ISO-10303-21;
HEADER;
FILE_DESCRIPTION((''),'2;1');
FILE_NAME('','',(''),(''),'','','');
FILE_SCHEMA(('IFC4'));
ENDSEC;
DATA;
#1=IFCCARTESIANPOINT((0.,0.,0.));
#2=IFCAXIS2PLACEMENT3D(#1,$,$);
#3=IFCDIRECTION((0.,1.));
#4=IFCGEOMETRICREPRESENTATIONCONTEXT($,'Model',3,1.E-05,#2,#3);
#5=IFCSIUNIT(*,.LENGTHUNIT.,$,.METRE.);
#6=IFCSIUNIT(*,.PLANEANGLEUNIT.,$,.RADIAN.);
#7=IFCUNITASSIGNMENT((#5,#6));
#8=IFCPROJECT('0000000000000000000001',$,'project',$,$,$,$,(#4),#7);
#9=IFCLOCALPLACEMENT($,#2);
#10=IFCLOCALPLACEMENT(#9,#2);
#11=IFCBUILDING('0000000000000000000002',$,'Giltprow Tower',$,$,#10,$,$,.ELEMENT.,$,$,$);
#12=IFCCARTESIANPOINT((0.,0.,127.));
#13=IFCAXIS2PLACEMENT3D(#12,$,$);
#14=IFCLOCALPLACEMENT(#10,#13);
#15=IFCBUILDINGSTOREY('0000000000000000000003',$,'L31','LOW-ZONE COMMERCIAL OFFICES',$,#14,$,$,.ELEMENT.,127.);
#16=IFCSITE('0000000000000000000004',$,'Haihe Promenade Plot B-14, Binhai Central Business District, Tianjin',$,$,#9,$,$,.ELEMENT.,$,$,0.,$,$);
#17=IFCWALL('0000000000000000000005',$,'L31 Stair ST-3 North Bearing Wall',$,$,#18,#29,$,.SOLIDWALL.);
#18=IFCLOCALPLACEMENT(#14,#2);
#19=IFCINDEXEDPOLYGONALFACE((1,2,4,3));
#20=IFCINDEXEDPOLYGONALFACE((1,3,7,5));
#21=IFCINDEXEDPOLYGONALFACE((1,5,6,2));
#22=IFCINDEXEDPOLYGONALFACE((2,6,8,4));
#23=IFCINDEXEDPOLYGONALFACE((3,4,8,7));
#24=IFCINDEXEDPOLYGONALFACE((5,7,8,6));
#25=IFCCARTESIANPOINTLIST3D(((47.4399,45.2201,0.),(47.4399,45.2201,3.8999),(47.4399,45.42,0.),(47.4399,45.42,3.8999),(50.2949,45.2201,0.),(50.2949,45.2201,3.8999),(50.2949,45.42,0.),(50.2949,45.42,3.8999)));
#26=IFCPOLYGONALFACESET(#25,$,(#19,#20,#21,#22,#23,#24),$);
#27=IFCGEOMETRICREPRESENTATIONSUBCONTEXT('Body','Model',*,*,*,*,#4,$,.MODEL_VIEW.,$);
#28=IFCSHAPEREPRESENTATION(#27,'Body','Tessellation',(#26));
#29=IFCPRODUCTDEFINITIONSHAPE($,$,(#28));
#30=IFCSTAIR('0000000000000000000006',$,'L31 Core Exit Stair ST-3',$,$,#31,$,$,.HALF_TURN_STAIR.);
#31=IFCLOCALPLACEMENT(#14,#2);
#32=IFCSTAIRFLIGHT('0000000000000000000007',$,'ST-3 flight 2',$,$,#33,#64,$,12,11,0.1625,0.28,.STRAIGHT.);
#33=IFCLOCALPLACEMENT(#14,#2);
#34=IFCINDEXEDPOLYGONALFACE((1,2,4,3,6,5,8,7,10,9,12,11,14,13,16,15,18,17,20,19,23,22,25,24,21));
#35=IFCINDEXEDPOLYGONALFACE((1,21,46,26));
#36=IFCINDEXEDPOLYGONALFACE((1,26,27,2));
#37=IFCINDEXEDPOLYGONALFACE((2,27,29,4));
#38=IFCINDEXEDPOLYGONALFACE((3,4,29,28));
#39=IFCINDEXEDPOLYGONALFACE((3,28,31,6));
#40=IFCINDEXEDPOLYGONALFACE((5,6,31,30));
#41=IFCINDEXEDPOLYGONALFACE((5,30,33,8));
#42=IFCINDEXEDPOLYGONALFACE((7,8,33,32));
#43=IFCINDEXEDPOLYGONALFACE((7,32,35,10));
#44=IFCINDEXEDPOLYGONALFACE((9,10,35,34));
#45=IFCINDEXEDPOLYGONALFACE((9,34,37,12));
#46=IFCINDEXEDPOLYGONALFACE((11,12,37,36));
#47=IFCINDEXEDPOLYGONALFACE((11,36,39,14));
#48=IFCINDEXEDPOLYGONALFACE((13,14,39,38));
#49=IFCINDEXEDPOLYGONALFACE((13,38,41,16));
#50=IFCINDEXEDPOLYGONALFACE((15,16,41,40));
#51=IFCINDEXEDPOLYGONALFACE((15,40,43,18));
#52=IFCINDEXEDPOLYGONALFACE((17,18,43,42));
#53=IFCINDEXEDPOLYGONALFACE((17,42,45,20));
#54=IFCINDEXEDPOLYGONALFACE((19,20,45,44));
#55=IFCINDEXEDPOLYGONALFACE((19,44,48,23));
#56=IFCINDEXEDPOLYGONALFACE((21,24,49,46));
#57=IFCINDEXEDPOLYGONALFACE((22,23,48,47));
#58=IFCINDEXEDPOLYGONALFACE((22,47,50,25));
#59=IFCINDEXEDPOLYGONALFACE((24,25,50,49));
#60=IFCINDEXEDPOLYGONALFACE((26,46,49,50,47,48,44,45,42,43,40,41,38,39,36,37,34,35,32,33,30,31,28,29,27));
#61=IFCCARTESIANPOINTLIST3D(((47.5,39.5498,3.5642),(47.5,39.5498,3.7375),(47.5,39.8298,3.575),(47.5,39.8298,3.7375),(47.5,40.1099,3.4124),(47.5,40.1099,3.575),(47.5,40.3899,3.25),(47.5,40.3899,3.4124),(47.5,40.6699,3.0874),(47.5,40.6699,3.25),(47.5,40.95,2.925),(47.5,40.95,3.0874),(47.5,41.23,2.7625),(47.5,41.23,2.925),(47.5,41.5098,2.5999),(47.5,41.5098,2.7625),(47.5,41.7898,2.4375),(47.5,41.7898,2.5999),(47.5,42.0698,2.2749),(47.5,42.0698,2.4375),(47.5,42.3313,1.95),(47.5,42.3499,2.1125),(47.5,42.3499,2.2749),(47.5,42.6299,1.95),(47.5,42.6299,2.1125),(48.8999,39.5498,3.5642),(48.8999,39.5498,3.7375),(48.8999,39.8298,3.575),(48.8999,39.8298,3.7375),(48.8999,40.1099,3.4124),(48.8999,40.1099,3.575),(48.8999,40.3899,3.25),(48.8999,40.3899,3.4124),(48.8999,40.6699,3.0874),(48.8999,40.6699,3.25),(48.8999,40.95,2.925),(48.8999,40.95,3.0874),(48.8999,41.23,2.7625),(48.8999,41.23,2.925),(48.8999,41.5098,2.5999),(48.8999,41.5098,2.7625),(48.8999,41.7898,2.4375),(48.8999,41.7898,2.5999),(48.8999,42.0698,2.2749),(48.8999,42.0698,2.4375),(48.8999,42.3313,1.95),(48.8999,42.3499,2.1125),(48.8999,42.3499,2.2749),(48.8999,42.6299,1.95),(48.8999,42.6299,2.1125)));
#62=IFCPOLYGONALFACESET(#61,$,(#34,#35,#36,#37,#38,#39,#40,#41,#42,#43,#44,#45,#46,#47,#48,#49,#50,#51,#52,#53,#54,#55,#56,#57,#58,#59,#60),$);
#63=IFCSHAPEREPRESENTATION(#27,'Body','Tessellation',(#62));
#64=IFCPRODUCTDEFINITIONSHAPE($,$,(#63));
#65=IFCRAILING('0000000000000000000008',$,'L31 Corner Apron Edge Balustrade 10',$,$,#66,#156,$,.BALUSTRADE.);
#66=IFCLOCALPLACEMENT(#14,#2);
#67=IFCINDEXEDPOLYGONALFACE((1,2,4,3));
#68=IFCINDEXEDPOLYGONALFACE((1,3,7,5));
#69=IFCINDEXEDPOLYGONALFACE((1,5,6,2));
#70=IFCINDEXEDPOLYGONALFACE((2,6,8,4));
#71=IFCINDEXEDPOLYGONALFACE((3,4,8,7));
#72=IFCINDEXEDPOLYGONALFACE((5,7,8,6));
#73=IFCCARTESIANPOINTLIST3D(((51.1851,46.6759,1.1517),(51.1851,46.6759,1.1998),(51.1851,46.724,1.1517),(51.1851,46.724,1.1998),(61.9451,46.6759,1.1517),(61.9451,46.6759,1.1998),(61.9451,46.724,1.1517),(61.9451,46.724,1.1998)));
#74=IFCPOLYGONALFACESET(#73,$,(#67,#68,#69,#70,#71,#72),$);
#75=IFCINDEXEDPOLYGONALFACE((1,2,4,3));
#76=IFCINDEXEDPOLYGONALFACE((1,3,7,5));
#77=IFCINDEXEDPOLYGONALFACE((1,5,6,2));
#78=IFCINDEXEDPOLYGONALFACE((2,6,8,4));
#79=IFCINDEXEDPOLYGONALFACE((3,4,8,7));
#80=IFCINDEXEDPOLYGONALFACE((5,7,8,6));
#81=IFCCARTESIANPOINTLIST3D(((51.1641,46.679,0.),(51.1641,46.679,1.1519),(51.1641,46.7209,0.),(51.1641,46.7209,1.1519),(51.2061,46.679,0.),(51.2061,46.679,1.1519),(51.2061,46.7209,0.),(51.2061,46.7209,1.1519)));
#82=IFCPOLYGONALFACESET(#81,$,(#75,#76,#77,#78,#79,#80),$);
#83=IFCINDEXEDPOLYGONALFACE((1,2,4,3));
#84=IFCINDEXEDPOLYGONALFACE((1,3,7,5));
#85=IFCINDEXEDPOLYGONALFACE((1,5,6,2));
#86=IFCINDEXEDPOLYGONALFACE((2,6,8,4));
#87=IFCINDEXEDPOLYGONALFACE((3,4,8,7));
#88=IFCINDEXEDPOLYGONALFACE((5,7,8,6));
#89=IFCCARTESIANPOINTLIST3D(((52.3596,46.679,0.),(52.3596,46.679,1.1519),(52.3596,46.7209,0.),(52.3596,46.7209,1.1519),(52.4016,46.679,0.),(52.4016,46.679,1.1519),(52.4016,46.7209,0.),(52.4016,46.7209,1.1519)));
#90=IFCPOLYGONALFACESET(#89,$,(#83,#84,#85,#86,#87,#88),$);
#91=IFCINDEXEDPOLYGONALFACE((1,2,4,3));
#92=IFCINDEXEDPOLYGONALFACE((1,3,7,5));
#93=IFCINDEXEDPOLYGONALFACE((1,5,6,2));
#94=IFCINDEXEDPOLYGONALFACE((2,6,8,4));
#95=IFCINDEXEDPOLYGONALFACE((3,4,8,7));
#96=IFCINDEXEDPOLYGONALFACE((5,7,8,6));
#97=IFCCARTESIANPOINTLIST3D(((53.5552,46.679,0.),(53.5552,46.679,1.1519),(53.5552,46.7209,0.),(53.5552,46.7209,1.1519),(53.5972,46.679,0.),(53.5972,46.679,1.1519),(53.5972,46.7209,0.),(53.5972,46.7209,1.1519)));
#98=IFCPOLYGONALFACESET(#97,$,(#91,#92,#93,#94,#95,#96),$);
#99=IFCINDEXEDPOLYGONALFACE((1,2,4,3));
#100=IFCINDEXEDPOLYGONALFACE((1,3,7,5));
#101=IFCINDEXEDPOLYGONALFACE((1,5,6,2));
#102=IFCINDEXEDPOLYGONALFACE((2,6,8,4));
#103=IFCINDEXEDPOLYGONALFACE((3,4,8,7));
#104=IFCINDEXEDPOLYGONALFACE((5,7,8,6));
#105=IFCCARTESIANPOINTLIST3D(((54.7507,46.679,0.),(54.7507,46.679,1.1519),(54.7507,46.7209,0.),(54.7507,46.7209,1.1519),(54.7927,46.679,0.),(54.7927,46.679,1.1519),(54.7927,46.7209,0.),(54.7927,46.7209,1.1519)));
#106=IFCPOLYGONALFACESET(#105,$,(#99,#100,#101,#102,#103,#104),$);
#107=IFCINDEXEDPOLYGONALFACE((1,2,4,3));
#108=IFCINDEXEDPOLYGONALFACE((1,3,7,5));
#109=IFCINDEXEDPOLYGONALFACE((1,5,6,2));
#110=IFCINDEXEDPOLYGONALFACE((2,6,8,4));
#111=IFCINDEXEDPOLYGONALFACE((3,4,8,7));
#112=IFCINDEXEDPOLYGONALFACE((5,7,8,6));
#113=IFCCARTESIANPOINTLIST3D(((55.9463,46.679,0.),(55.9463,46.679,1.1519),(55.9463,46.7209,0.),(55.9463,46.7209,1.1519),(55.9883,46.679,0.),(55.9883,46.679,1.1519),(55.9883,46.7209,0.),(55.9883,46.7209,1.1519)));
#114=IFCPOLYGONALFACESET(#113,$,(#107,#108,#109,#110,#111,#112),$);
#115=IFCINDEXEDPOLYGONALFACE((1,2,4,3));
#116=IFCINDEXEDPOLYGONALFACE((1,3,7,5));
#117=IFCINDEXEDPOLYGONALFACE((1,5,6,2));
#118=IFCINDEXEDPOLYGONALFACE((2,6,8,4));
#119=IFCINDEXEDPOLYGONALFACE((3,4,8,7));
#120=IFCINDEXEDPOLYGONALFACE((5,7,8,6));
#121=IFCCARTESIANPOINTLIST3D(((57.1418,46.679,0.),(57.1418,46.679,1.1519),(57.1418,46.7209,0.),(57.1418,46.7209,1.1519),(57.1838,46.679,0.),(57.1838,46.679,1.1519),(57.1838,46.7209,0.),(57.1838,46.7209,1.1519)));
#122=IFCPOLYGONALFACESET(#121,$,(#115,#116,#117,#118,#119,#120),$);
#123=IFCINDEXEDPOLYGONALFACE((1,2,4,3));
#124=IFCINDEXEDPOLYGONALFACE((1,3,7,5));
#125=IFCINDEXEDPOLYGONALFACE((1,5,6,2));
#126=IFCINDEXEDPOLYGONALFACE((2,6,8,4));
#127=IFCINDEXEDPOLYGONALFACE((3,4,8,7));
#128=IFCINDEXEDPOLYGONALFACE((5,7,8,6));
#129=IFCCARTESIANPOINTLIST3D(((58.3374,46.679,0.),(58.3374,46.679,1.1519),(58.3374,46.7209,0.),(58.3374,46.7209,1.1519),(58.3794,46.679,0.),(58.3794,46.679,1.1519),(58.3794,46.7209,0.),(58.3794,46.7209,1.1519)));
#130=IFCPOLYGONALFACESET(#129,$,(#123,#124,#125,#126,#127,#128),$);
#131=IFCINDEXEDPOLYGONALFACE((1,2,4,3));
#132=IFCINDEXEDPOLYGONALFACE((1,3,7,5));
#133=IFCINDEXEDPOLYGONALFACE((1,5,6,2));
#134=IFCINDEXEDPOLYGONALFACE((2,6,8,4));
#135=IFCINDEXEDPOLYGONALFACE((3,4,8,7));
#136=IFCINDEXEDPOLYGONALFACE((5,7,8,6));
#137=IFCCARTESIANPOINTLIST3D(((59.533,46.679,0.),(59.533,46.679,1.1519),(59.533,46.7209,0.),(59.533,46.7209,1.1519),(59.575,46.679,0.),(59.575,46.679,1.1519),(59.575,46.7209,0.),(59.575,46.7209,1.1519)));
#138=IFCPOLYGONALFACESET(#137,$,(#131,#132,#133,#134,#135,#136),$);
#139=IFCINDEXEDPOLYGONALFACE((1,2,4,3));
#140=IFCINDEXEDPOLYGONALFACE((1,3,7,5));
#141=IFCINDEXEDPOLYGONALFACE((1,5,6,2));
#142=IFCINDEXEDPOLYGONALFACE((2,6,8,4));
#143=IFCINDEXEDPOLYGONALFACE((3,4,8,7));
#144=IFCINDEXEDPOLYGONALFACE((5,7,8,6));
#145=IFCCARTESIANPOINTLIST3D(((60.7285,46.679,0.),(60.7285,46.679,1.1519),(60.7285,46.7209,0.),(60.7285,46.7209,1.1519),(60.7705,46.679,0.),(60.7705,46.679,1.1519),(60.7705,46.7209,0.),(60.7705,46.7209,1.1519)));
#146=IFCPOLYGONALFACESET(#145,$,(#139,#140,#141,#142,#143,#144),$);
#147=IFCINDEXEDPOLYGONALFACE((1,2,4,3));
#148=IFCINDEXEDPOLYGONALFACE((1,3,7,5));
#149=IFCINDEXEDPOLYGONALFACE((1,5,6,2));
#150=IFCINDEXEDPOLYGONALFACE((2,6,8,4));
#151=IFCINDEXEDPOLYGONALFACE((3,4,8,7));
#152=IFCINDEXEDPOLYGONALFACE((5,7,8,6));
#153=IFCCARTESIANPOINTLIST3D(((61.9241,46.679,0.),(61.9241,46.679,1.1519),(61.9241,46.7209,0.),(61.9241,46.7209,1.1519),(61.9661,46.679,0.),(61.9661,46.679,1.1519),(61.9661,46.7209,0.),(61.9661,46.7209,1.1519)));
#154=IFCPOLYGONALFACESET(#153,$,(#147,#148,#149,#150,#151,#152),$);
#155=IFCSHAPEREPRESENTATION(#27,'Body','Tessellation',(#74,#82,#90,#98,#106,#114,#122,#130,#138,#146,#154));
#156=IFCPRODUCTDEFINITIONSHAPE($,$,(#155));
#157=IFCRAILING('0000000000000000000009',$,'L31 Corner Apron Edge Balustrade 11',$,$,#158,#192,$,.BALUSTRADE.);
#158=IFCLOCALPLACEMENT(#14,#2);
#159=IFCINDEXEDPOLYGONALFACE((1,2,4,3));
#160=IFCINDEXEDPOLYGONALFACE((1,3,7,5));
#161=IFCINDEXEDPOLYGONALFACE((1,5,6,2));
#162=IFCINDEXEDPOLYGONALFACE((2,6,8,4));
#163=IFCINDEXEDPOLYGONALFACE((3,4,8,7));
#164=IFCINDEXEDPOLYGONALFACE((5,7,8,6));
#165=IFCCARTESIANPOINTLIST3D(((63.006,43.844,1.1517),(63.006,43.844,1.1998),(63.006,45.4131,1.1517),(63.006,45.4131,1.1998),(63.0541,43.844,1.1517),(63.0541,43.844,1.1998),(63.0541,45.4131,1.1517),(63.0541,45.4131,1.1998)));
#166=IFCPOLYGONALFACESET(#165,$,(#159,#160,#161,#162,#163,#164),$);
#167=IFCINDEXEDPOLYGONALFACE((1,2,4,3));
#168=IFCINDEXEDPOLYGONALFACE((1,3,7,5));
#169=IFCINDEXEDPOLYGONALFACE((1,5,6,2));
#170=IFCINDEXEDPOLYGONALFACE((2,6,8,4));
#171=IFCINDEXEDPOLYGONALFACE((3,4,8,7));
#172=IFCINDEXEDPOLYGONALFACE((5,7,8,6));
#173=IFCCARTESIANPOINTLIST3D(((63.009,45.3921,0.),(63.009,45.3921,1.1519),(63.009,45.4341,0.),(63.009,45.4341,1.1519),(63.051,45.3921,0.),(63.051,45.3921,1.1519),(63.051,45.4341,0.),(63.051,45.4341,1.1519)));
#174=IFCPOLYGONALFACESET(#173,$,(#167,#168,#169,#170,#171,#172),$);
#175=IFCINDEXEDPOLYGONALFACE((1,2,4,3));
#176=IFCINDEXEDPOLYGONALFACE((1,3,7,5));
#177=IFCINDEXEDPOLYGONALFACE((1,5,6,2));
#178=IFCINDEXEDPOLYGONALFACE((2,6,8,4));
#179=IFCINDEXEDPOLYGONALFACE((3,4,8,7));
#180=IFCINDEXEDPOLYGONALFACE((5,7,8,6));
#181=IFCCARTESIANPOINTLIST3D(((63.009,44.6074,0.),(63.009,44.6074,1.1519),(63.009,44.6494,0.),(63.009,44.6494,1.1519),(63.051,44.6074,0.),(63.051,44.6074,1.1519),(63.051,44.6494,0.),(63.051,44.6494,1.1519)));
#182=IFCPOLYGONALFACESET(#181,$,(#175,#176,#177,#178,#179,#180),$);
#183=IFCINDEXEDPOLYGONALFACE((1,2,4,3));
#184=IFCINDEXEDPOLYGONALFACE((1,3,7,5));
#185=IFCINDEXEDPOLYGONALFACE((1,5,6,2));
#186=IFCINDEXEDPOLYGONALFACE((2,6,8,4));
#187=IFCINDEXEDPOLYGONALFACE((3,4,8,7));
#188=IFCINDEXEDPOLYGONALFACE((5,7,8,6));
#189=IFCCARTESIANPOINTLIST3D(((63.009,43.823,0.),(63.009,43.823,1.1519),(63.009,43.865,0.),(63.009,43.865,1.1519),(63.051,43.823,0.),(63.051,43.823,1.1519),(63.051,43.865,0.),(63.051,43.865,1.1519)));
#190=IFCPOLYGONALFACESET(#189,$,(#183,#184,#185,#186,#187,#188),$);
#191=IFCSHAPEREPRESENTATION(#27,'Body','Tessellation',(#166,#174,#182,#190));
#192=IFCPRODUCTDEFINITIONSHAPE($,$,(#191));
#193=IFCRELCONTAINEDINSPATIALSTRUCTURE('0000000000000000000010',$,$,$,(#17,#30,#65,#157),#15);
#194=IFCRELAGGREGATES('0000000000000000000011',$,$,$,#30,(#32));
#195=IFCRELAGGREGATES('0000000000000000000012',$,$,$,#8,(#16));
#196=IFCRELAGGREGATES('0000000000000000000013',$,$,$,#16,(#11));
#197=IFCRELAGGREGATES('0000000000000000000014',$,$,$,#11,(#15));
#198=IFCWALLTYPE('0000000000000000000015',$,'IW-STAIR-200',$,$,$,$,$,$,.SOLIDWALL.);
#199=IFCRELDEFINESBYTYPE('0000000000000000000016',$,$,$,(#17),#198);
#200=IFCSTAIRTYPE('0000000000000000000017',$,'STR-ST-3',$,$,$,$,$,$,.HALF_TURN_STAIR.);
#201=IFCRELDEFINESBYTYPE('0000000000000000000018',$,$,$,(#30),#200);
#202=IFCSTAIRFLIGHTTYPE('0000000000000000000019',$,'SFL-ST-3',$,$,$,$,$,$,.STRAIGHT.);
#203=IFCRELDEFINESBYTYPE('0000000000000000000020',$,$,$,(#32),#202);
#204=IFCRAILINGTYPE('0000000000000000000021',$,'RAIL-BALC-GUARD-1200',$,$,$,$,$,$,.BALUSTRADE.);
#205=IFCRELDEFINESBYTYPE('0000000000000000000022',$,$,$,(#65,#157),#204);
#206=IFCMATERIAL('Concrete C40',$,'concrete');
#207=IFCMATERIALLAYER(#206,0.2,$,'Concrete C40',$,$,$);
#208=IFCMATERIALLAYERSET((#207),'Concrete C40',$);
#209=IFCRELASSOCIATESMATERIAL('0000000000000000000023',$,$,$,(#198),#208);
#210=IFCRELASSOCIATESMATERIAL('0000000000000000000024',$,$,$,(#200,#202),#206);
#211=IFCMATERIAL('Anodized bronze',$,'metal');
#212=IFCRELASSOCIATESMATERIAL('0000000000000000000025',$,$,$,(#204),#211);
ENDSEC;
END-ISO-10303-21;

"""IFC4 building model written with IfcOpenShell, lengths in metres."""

from ifc_helpers import new_model, si_unit, direction, frame, frame_2d, origin, origin_2d, place, context, subcontext, project, spatial, polyline, rectangle, outline, extrude, material, layer, layer_set, type_object, element, aggregate, save


model = new_model("IFC4")

# Units and contexts
model_context = context("Model", 3, precision=1e-05, world=origin(), true_north=direction((0.0, 1.0)))
body_context = subcontext(model_context, "Body", "Model", "MODEL_VIEW")
ifc_project = project(units=[si_unit("LENGTHUNIT", "METRE"), si_unit("PLANEANGLEUNIT", "RADIAN")], contexts=[model_context])

# Site, building, storey
site_placement = place(None, origin())
site = spatial("IfcSite", under=ifc_project, at=site_placement, Name="Haihe Promenade Plot B-14, Binhai Central Business District, Tianjin", CompositionType="ELEMENT", RefElevation=0.0)
building_placement = place(site_placement, origin())
building = spatial("IfcBuilding", under=site, at=building_placement, Name="Giltprow Tower", CompositionType="ELEMENT")
storey_placement = place(building_placement, frame((0.0, 0.0, 127.0)))
storey = spatial("IfcBuildingStorey", under=building, at=storey_placement, Name="L31", Description="LOW-ZONE COMMERCIAL OFFICES", CompositionType="ELEMENT", Elevation=127.0)

# Wall
ifc_material_1 = material(Name="Concrete C40", Category="concrete")
ifc_layer_1 = layer(ifc_material_1, 0.2, Name="Concrete C40")
ifc_layer_set_1 = layer_set([ifc_layer_1], Name="Concrete C40")
wall_type_1 = type_object("IfcWallType", Name="IW-STAIR-200", PredefinedType="SOLIDWALL", material=ifc_layer_set_1)
wall_1_placement = place(storey_placement, frame((47.4399, 45.3201, 0.0), z_axis=(0.0, 0.0, 1.0), x_axis=(1.0, 0.0, 0.0)))
element("IfcWall", 1, at=wall_1_placement, inside=storey, type_object=wall_type_1, Name="L31 Stair ST-3 North Bearing Wall", PredefinedType="SOLIDWALL", context=body_context, shape_type="SweptSolid", body=[
    extrude(rectangle(XDim=2.855, YDim=0.2, at=frame_2d((1.4275, 0.0))), origin(), (0.0, 0.0, 1.0), 3.8999),
])

# Stair, stair flight
stair_type = type_object("IfcStairType", Name="STR-ST-3", PredefinedType="HALF_TURN_STAIR", material=ifc_material_1)
stair_placement = place(storey_placement, origin())
stair = element("IfcStair", 2, at=stair_placement, inside=storey, type_object=stair_type, Name="L31 Core Exit Stair ST-3", PredefinedType="HALF_TURN_STAIR")
stair_flight_type = type_object("IfcStairFlightType", Name="SFL-ST-3", PredefinedType="STRAIGHT", material=ifc_material_1)
stair_flight_placement = place(storey_placement, frame((48.2, 42.6299, 1.95), z_axis=(0.0, 0.0, 1.0), x_axis=(0.0, -1.0, 0.0)))
stair_flight = element("IfcStairFlight", 3, at=stair_flight_placement, type_object=stair_flight_type, Name="ST-3 flight 2", NumberOfRisers=12, NumberOfTreads=11, PredefinedType="STRAIGHT", RiserHeight=0.1625, TreadLength=0.28, context=body_context, shape_type="SweptSolid", body=[
    extrude(outline(polyline([(0.0, 0.0), (0.0, 0.1626), (0.28, 0.1626), (0.28, 0.325), (0.5601, 0.325), (0.5601, 0.4875), (0.8401, 0.4875), (0.8401, 0.6499), (1.1201, 0.6499), (1.1201, 0.8125), (1.3999, 0.8125), (1.3999, 0.9751), (1.6799, 0.9751), (1.6799, 1.1375), (1.96, 1.1375), (1.96, 1.3), (2.24, 1.3), (2.24, 1.4624), (2.52, 1.4624), (2.52, 1.625), (2.8, 1.625), (2.8, 1.7876), (3.0801, 1.7876), (3.0801, 1.95), (3.0801, 1.6143), (0.2986, 0.0), (0.0, 0.0)])), frame((0.0, 0.7, 0.0), z_axis=(0.0, -1.0, 0.0), x_axis=(1.0, 0.0, 0.0)), (0.0, 0.0, 1.0), 1.3999),
])
aggregate(stair, [stair_flight])

# Railings
ifc_material_2 = material(Name="Anodized bronze", Category="metal")
railing_type_1 = type_object("IfcRailingType", Name="RAIL-BALC-GUARD-1200", PredefinedType="BALUSTRADE", material=ifc_material_2)
railing_1_placement = place(storey_placement, frame((51.1851, 46.7, 0.0)))
element("IfcRailing", 4, at=railing_1_placement, inside=storey, type_object=railing_type_1, Name="L31 Corner Apron Edge Balustrade 10", PredefinedType="BALUSTRADE", context=body_context, shape_type="SweptSolid", body=[
    extrude(rectangle(XDim=0.0481, YDim=0.0481, at=origin_2d()), frame((0.0, 0.0, 1.1758), z_axis=(1.0, 0.0, 0.0), x_axis=(0.0, 1.0, 0.0)), (0.0, 0.0, 1.0), 10.76),
    extrude(rectangle(XDim=0.042, YDim=0.042, at=origin_2d()), origin(), (0.0, 0.0, 1.0), 1.1519),
    extrude(rectangle(XDim=0.042, YDim=0.042, at=origin_2d()), frame((1.1956, 0.0, 0.0)), (0.0, 0.0, 1.0), 1.1519),
    extrude(rectangle(XDim=0.042, YDim=0.042, at=origin_2d()), frame((2.3911, 0.0, 0.0)), (0.0, 0.0, 1.0), 1.1519),
    extrude(rectangle(XDim=0.042, YDim=0.042, at=origin_2d()), frame((3.5867, 0.0, 0.0)), (0.0, 0.0, 1.0), 1.1519),
    extrude(rectangle(XDim=0.042, YDim=0.042, at=origin_2d()), frame((4.7822, 0.0, 0.0)), (0.0, 0.0, 1.0), 1.1519),
    extrude(rectangle(XDim=0.042, YDim=0.042, at=origin_2d()), frame((5.9778, 0.0, 0.0)), (0.0, 0.0, 1.0), 1.1519),
    extrude(rectangle(XDim=0.042, YDim=0.042, at=origin_2d()), frame((7.1733, 0.0, 0.0)), (0.0, 0.0, 1.0), 1.1519),
    extrude(rectangle(XDim=0.042, YDim=0.042, at=origin_2d()), frame((8.3689, 0.0, 0.0)), (0.0, 0.0, 1.0), 1.1519),
    extrude(rectangle(XDim=0.042, YDim=0.042, at=origin_2d()), frame((9.5645, 0.0, 0.0)), (0.0, 0.0, 1.0), 1.1519),
    extrude(rectangle(XDim=0.042, YDim=0.042, at=origin_2d()), frame((10.76, 0.0, 0.0)), (0.0, 0.0, 1.0), 1.1519),
])
railing_2_placement = place(storey_placement, frame((63.03, 45.4131, 0.0)))
element("IfcRailing", 5, at=railing_2_placement, inside=storey, type_object=railing_type_1, Name="L31 Corner Apron Edge Balustrade 11", PredefinedType="BALUSTRADE", context=body_context, shape_type="SweptSolid", body=[
    extrude(rectangle(XDim=0.0481, YDim=0.0481, at=origin_2d()), frame((0.0, 0.0, 1.1758), z_axis=(0.0, -1.0, 0.0), x_axis=(1.0, 0.0, 0.0)), (0.0, 0.0, 1.0), 1.5691),
    extrude(rectangle(XDim=0.042, YDim=0.042, at=origin_2d()), origin(), (0.0, 0.0, 1.0), 1.1519),
    extrude(rectangle(XDim=0.042, YDim=0.042, at=origin_2d()), frame((0.0, -0.7847, 0.0)), (0.0, 0.0, 1.0), 1.1519),
    extrude(rectangle(XDim=0.042, YDim=0.042, at=origin_2d()), frame((0.0, -1.5691, 0.0)), (0.0, 0.0, 1.0), 1.1519),
])

save(model, "model.ifc")
